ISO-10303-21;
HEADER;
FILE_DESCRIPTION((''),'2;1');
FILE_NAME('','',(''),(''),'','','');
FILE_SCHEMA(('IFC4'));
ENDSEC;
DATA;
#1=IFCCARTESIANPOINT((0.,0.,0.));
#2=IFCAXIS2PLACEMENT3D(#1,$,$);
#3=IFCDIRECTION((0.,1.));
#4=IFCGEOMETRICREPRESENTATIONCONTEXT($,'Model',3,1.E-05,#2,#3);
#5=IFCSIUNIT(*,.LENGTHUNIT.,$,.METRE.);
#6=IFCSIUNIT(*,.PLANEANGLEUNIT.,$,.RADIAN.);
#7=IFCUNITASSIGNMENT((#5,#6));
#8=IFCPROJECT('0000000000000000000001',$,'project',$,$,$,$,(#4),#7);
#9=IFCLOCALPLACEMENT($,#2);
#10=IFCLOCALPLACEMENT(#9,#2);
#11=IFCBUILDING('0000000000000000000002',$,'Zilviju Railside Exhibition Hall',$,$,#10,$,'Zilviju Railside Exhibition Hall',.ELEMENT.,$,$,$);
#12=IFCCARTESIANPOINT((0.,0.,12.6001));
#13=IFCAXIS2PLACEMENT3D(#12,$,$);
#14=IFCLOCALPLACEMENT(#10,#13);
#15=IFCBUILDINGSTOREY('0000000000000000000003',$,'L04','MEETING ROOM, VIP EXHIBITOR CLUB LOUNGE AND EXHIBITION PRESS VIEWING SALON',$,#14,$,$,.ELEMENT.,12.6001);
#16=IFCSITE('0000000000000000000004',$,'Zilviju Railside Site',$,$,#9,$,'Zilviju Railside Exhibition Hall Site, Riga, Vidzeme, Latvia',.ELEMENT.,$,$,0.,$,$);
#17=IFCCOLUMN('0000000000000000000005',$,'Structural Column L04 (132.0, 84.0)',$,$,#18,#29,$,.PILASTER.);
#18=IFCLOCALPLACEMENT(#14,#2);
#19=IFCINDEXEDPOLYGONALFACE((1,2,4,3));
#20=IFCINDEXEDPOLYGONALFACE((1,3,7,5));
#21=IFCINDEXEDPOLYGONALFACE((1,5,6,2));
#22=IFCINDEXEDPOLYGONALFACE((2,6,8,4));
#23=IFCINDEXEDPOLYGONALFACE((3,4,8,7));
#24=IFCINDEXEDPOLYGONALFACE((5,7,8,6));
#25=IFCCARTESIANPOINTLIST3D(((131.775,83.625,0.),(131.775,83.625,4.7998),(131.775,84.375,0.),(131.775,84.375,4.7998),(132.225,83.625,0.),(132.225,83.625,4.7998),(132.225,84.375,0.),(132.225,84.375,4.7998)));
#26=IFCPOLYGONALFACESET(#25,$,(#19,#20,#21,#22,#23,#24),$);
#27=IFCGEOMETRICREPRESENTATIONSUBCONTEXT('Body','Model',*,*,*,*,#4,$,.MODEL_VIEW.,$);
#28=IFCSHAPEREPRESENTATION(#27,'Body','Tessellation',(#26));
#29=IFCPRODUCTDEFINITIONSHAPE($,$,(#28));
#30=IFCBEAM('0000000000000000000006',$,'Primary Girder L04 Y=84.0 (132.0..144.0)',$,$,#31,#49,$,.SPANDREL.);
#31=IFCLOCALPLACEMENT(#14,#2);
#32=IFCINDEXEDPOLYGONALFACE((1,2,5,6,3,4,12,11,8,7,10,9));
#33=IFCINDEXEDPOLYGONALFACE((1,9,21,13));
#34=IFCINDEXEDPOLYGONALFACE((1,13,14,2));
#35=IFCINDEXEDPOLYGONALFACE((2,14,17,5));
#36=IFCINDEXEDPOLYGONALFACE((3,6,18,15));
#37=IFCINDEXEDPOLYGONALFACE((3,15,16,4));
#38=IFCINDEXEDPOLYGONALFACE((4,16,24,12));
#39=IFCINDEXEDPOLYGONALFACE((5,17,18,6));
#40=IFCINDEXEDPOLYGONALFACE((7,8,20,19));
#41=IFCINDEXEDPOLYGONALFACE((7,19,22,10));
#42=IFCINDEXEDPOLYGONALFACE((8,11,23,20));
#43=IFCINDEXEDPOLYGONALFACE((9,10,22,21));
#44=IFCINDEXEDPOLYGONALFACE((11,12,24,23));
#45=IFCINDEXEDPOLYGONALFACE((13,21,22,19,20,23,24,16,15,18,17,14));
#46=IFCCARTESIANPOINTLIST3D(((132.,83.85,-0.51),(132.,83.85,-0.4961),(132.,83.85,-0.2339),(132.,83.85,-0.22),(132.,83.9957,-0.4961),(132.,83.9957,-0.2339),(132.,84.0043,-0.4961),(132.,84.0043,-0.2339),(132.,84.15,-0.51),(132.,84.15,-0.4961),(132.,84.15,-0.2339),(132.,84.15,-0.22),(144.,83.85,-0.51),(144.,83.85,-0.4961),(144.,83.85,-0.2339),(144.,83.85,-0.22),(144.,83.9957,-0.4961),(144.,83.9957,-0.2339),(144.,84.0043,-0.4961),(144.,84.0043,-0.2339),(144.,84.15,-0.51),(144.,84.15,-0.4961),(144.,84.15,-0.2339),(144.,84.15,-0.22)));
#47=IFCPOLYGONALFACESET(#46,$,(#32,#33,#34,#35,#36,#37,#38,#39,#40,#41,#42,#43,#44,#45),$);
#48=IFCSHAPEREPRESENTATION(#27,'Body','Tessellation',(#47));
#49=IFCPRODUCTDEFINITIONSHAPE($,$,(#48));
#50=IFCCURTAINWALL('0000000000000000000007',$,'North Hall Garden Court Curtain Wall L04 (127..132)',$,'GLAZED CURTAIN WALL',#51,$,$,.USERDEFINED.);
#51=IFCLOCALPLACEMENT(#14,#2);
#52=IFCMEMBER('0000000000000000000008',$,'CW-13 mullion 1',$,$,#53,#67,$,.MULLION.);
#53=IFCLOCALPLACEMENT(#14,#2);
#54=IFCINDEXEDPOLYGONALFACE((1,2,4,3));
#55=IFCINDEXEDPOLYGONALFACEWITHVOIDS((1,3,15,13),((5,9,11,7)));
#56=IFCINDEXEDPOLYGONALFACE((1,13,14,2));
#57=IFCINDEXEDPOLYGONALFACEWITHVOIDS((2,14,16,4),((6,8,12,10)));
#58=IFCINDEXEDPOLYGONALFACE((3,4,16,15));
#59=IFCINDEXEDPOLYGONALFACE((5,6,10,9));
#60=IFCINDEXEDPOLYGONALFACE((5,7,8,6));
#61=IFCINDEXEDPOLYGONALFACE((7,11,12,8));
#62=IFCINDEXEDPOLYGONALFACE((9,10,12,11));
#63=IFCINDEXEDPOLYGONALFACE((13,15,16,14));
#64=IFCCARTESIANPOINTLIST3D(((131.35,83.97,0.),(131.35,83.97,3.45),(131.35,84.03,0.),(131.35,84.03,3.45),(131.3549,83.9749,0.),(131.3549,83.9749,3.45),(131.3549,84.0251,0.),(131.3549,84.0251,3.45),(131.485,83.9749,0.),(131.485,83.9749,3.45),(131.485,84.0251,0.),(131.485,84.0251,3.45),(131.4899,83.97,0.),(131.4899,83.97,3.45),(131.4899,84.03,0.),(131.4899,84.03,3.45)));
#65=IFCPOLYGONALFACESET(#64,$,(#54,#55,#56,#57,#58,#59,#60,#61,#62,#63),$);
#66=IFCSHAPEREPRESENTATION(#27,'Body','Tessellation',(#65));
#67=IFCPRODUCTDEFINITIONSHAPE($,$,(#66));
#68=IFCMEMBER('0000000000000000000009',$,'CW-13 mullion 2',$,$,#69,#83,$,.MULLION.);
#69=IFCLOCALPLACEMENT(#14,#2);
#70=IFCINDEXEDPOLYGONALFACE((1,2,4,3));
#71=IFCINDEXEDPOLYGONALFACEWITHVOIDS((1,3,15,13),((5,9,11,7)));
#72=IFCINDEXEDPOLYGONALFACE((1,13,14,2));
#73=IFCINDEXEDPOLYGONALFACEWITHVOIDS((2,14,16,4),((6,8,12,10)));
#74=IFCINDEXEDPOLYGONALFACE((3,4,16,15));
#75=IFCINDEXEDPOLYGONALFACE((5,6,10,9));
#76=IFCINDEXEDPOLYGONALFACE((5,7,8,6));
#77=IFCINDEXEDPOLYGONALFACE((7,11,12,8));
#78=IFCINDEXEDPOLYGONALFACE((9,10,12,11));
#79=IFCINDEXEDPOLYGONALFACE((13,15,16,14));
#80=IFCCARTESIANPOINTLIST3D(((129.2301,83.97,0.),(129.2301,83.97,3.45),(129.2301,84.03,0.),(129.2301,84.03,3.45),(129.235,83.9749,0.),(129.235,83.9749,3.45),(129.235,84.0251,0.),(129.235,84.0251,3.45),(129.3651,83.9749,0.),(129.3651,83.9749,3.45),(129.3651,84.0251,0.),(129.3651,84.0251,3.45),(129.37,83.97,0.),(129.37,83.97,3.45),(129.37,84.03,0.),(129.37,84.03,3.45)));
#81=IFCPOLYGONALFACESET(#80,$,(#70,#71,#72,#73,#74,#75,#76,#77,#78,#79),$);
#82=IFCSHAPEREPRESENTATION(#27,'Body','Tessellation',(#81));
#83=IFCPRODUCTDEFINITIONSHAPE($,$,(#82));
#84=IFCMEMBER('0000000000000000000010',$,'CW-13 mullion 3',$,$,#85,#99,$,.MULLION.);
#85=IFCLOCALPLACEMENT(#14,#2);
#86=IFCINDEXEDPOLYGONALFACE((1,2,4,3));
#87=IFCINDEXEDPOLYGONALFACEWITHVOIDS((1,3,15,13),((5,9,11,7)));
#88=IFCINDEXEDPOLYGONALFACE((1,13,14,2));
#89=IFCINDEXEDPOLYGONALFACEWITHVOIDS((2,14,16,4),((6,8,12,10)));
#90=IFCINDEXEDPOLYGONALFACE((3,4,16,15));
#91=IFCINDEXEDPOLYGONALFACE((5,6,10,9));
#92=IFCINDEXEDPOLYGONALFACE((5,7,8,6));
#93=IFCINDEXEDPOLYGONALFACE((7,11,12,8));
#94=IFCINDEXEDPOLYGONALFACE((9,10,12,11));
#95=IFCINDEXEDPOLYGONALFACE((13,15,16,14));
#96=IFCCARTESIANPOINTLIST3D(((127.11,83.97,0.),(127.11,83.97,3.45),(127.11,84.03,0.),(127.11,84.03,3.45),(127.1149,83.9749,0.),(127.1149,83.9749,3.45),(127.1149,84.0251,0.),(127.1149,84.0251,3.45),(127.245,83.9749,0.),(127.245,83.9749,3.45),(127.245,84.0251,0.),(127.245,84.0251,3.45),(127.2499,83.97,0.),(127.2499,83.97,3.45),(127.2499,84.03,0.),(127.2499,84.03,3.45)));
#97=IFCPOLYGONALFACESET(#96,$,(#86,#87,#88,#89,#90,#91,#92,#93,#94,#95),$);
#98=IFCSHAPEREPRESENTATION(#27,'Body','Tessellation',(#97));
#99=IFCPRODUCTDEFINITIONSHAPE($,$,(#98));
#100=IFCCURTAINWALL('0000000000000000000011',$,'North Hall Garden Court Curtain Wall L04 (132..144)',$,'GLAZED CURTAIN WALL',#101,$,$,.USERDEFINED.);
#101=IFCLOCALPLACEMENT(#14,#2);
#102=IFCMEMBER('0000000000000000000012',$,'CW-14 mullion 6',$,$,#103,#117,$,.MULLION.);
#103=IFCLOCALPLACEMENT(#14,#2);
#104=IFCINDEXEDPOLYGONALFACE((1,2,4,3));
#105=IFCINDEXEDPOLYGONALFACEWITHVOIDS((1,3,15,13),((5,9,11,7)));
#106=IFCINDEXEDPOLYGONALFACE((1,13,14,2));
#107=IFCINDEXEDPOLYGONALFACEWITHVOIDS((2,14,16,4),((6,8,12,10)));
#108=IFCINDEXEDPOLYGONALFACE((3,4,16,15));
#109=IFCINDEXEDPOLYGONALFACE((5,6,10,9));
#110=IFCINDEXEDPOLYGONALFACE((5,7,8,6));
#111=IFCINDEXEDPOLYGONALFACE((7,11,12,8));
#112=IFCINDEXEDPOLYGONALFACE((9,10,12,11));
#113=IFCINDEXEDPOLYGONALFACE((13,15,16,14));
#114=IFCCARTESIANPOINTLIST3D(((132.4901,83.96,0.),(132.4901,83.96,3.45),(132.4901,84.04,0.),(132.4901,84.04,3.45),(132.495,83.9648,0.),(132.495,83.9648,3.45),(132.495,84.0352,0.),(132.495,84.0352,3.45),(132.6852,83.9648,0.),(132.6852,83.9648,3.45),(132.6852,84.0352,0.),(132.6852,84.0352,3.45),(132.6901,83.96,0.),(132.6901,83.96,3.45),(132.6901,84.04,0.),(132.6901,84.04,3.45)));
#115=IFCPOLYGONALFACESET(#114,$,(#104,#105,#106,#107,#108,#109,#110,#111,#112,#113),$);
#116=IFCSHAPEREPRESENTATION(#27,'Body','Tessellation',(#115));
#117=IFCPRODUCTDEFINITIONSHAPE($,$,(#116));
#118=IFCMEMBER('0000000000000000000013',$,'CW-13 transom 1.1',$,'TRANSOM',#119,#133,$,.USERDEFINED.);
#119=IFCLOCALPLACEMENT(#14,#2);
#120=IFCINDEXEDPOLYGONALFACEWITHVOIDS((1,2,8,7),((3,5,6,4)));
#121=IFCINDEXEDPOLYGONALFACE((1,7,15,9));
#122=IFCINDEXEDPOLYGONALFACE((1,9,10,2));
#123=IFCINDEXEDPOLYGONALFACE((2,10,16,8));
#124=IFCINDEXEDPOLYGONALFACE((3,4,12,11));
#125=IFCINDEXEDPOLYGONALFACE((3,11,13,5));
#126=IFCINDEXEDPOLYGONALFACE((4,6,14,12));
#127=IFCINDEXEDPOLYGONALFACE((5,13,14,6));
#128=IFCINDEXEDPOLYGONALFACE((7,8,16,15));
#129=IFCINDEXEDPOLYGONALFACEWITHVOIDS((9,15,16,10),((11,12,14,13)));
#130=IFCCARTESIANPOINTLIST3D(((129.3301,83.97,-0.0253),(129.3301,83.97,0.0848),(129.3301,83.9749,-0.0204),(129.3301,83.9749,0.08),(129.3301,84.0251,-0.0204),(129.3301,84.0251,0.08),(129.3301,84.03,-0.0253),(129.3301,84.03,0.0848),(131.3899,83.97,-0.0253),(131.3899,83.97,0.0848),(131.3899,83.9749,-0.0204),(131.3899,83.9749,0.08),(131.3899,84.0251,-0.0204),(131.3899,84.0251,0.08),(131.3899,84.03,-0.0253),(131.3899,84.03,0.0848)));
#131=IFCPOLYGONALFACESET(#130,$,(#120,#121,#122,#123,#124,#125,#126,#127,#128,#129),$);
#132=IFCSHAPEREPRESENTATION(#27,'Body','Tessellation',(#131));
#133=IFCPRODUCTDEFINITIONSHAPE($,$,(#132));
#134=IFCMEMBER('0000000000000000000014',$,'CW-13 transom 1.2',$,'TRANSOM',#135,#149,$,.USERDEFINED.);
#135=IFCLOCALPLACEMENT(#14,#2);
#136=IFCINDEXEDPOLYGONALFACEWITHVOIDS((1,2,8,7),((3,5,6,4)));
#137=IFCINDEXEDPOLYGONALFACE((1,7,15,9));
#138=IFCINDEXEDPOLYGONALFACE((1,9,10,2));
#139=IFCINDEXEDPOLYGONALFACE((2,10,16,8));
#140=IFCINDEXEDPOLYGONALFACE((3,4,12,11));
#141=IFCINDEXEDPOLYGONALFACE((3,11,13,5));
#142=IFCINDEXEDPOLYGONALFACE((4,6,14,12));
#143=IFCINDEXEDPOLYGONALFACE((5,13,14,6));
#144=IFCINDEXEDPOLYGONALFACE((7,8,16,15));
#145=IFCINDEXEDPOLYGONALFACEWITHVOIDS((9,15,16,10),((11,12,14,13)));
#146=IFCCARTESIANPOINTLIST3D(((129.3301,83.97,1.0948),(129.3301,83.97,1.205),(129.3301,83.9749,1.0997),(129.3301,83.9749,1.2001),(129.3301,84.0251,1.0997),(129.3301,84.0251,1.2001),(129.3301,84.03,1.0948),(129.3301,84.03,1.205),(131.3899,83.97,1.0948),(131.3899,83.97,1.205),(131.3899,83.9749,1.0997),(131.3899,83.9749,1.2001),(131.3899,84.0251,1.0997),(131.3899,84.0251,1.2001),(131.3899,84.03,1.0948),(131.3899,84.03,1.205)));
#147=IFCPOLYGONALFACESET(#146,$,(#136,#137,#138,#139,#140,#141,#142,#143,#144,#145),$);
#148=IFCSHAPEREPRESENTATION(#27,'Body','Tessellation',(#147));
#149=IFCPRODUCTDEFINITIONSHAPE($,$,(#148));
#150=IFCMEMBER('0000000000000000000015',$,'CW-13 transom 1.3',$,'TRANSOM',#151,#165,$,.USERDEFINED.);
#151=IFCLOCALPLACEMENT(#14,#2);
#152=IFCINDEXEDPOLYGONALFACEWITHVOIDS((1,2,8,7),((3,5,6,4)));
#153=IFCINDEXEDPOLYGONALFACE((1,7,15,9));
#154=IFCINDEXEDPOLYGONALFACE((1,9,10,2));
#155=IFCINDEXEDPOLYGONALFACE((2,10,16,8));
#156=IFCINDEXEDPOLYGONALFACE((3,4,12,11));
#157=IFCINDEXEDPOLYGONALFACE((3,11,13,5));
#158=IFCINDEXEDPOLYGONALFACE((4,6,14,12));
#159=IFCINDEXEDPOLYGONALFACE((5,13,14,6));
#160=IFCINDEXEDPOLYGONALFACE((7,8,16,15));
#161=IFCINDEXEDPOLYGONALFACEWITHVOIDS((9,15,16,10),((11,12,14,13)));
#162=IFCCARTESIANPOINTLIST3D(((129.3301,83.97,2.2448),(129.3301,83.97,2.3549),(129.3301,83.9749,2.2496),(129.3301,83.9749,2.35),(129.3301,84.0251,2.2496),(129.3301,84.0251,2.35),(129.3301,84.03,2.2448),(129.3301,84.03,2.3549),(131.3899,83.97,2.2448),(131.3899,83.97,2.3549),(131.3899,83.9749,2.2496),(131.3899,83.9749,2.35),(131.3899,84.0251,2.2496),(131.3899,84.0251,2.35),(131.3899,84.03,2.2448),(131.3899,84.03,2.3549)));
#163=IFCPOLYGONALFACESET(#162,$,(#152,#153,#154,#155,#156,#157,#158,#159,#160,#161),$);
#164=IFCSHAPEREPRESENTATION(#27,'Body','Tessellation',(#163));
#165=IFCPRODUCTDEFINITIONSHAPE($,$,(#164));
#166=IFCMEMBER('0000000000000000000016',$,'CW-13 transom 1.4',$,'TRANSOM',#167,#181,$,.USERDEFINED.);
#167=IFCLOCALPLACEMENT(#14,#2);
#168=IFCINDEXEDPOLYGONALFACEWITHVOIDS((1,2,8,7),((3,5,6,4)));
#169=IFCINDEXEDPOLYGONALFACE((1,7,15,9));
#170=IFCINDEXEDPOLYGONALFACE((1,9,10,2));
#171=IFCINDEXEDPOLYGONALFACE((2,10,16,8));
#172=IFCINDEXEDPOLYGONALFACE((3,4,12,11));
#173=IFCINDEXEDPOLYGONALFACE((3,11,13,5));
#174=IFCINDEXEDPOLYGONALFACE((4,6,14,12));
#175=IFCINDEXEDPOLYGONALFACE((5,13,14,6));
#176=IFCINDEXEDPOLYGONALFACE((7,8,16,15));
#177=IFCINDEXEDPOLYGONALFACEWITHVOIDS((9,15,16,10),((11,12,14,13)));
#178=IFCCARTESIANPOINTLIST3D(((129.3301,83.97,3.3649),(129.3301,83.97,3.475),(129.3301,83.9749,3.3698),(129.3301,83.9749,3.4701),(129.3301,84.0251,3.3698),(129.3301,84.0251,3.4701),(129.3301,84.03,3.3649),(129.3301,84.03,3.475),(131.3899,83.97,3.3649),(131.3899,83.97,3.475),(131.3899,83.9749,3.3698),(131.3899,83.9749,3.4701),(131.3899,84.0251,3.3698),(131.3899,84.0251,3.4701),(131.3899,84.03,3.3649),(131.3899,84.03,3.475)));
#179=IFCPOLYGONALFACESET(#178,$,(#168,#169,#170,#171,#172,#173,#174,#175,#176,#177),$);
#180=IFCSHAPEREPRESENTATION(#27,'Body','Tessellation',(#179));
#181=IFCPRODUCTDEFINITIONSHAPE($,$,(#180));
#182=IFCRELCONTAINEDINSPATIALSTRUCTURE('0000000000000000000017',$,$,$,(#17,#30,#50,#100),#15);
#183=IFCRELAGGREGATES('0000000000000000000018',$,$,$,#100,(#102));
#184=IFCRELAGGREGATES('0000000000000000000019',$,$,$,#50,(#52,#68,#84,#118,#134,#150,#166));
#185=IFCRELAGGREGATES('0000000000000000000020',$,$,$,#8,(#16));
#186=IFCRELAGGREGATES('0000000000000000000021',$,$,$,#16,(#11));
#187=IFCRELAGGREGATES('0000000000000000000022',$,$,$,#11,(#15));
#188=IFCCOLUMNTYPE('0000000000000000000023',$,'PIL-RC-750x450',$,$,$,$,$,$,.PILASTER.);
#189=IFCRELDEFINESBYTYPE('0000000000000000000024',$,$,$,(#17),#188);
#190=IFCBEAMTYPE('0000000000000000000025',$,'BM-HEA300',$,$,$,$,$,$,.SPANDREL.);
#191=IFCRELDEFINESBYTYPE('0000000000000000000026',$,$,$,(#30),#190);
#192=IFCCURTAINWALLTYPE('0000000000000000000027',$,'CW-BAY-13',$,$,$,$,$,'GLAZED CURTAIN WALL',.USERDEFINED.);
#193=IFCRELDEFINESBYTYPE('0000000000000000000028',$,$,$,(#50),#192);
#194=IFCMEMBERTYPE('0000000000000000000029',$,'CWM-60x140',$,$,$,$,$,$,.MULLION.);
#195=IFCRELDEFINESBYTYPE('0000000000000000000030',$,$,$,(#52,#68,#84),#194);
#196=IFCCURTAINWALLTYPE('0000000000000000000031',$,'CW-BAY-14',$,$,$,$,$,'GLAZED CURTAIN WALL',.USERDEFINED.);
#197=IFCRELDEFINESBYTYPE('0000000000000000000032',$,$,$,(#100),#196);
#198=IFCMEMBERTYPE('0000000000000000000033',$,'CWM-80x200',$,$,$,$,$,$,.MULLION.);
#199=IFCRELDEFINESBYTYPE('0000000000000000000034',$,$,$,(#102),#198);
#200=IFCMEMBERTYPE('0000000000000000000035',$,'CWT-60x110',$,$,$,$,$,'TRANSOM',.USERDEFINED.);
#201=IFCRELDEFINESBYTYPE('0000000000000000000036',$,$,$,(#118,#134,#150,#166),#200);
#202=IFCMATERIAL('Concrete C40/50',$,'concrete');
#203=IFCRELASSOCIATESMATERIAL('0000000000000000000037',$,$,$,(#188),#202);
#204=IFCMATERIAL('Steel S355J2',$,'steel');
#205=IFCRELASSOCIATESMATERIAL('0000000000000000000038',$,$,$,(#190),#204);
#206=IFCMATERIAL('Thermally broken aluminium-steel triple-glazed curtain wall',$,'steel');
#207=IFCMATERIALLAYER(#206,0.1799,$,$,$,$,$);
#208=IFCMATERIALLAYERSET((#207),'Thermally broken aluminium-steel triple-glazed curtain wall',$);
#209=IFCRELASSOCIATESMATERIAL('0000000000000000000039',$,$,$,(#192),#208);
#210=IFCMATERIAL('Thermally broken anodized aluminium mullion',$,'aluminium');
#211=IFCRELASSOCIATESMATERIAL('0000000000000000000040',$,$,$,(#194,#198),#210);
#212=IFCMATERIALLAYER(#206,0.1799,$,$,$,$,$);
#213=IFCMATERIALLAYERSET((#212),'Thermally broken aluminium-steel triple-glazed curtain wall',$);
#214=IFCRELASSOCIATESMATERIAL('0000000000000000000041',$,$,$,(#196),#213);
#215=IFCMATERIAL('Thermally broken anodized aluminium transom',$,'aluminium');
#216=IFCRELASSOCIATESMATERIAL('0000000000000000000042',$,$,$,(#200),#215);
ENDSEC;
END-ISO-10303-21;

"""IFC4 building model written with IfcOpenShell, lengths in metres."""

from ifc_helpers import new_model, si_unit, direction, frame, origin, origin_2d, place, context, subcontext, project, spatial, rectangle, hollow_rectangle, i_section, extrude, material, layer, layer_set, material_profile, profile_set, type_object, element, aggregate, save


model = new_model("IFC4")

# Units and contexts
model_context = context("Model", 3, precision=1e-05, world=origin(), true_north=direction((0.0, 1.0)))
body_context = subcontext(model_context, "Body", "Model", "MODEL_VIEW")
ifc_project = project(units=[si_unit("LENGTHUNIT", "METRE"), si_unit("PLANEANGLEUNIT", "RADIAN")], contexts=[model_context])

# Site, building, storey
site_placement = place(None, origin())
site = spatial("IfcSite", under=ifc_project, at=site_placement, Name="Zilviju Railside Site", LongName="Zilviju Railside Exhibition Hall Site, Riga, Vidzeme, Latvia", CompositionType="ELEMENT", RefElevation=0.0)
building_placement = place(site_placement, origin())
building = spatial("IfcBuilding", under=site, at=building_placement, Name="Zilviju Railside Exhibition Hall", LongName="Zilviju Railside Exhibition Hall", CompositionType="ELEMENT")
storey_placement = place(building_placement, frame((0.0, 0.0, 12.6001)))
storey = spatial("IfcBuildingStorey", under=building, at=storey_placement, Name="L04", Description="MEETING ROOM, VIP EXHIBITOR CLUB LOUNGE AND EXHIBITION PRESS VIEWING SALON", CompositionType="ELEMENT", Elevation=12.6001)

# Column
ifc_material_1 = material(Name="Concrete C40/50", Category="concrete")
ifc_material_profile_1 = material_profile(ifc_material_1, rectangle(XDim=0.45, YDim=0.75, at=origin_2d()), Name="RC COL 450x750")
ifc_profile_set_1 = profile_set([ifc_material_profile_1], Name="Concrete C40/50")
column_type = type_object("IfcColumnType", Name="PIL-RC-750x450", PredefinedType="PILASTER", material=ifc_profile_set_1)
column_placement = place(storey_placement, frame((132.0, 84.0, 0.0), z_axis=(0.0, 0.0, 1.0), x_axis=(1.0, 0.0, 0.0)))
element("IfcColumn", 1, at=column_placement, inside=storey, type_object=column_type, Name="Structural Column L04 (132.0, 84.0)", PredefinedType="PILASTER", context=body_context, shape_type="SweptSolid", body=[
    extrude(rectangle(XDim=0.45, YDim=0.75, at=origin_2d()), origin(), (0.0, 0.0, 1.0), 4.7998),
])

# Beam
ifc_material_2 = material(Name="Steel S355J2", Category="steel")
ifc_material_profile_2 = material_profile(ifc_material_2, i_section(OverallWidth=0.3, OverallDepth=0.29, WebThickness=0.0085, FlangeThickness=0.0139, at=origin_2d()), Name="HEA 300")
ifc_profile_set_2 = profile_set([ifc_material_profile_2], Name="Steel S355J2")
beam_type = type_object("IfcBeamType", Name="BM-HEA300", PredefinedType="SPANDREL", material=ifc_profile_set_2)
beam_placement = place(storey_placement, frame((132.0, 84.0, -0.365), z_axis=(1.0, 0.0, 0.0), x_axis=(0.0, 1.0, 0.0)))
element("IfcBeam", 2, at=beam_placement, inside=storey, type_object=beam_type, Name="Primary Girder L04 Y=84.0 (132.0..144.0)", PredefinedType="SPANDREL", context=body_context, shape_type="SweptSolid", body=[
    extrude(i_section(OverallWidth=0.3, OverallDepth=0.29, WebThickness=0.0085, FlangeThickness=0.0139, at=origin_2d()), origin(), (0.0, 0.0, 1.0), 12.0),
])

# Curtain wall, members
ifc_material_3 = material(Name="Thermally broken aluminium-steel triple-glazed curtain wall", Category="steel")
ifc_layer_1 = layer(ifc_material_3, 0.1799)
ifc_layer_set_1 = layer_set([ifc_layer_1], Name="Thermally broken aluminium-steel triple-glazed curtain wall")
curtain_wall_type_1 = type_object("IfcCurtainWallType", Name="CW-BAY-13", ElementType="GLAZED CURTAIN WALL", PredefinedType="USERDEFINED", material=ifc_layer_set_1)
curtain_wall_1_placement = place(storey_placement, origin())
curtain_wall_1 = element("IfcCurtainWall", 3, at=curtain_wall_1_placement, inside=storey, type_object=curtain_wall_type_1, Name="North Hall Garden Court Curtain Wall L04 (127..132)", ObjectType="GLAZED CURTAIN WALL", PredefinedType="USERDEFINED")
ifc_material_4 = material(Name="Thermally broken anodized aluminium mullion", Category="aluminium")
ifc_material_profile_3 = material_profile(ifc_material_4, hollow_rectangle(XDim=0.0601, YDim=0.1399, WallThickness=0.0049, at=origin_2d()), Name="MULLION 140x60x5")
ifc_profile_set_3 = profile_set([ifc_material_profile_3], Name="Thermally broken anodized aluminium mullion")
member_type_1 = type_object("IfcMemberType", Name="CWM-60x140", PredefinedType="MULLION", material=ifc_profile_set_3)
member_1_placement = place(storey_placement, frame((131.4199, 84.0, 0.0), z_axis=(0.0, 0.0, 1.0), x_axis=(0.0, -1.0, 0.0)))
member_1 = element("IfcMember", 4, at=member_1_placement, type_object=member_type_1, Name="CW-13 mullion 1", PredefinedType="MULLION", context=body_context, shape_type="SweptSolid", body=[
    extrude(hollow_rectangle(XDim=0.0601, YDim=0.1399, WallThickness=0.0049, at=origin_2d()), origin(), (0.0, 0.0, 1.0), 3.45),
])
member_2_placement = place(storey_placement, frame((129.3, 84.0, 0.0), z_axis=(0.0, 0.0, 1.0), x_axis=(0.0, -1.0, 0.0)))
member_2 = element("IfcMember", 5, at=member_2_placement, type_object=member_type_1, Name="CW-13 mullion 2", PredefinedType="MULLION", context=body_context, shape_type="SweptSolid", body=[
    extrude(hollow_rectangle(XDim=0.0601, YDim=0.1399, WallThickness=0.0049, at=origin_2d()), origin(), (0.0, 0.0, 1.0), 3.45),
])
member_3_placement = place(storey_placement, frame((127.1799, 84.0, 0.0), z_axis=(0.0, 0.0, 1.0), x_axis=(0.0, -1.0, 0.0)))
member_3 = element("IfcMember", 6, at=member_3_placement, type_object=member_type_1, Name="CW-13 mullion 3", PredefinedType="MULLION", context=body_context, shape_type="SweptSolid", body=[
    extrude(hollow_rectangle(XDim=0.0601, YDim=0.1399, WallThickness=0.0049, at=origin_2d()), origin(), (0.0, 0.0, 1.0), 3.45),
])

# Curtain wall, member
ifc_layer_2 = layer(ifc_material_3, 0.1799)
ifc_layer_set_2 = layer_set([ifc_layer_2], Name="Thermally broken aluminium-steel triple-glazed curtain wall")
curtain_wall_type_2 = type_object("IfcCurtainWallType", Name="CW-BAY-14", ElementType="GLAZED CURTAIN WALL", PredefinedType="USERDEFINED", material=ifc_layer_set_2)
curtain_wall_2_placement = place(storey_placement, origin())
curtain_wall_2 = element("IfcCurtainWall", 7, at=curtain_wall_2_placement, inside=storey, type_object=curtain_wall_type_2, Name="North Hall Garden Court Curtain Wall L04 (132..144)", ObjectType="GLAZED CURTAIN WALL", PredefinedType="USERDEFINED")
ifc_material_profile_4 = material_profile(ifc_material_4, hollow_rectangle(XDim=0.0801, YDim=0.2, WallThickness=0.0049, at=origin_2d()), Name="MULLION 200x80x5")
ifc_profile_set_4 = profile_set([ifc_material_profile_4], Name="Thermally broken anodized aluminium mullion")
member_type_2 = type_object("IfcMemberType", Name="CWM-80x200", PredefinedType="MULLION", material=ifc_profile_set_4)
member_4_placement = place(storey_placement, frame((132.5901, 84.0, 0.0), z_axis=(0.0, 0.0, 1.0), x_axis=(0.0, -1.0, 0.0)))
member_4 = element("IfcMember", 8, at=member_4_placement, type_object=member_type_2, Name="CW-14 mullion 6", PredefinedType="MULLION", context=body_context, shape_type="SweptSolid", body=[
    extrude(hollow_rectangle(XDim=0.0801, YDim=0.2, WallThickness=0.0049, at=origin_2d()), origin(), (0.0, 0.0, 1.0), 3.45),
])
aggregate(curtain_wall_2, [member_4])

# Members
ifc_material_5 = material(Name="Thermally broken anodized aluminium transom", Category="aluminium")
ifc_material_profile_5 = material_profile(ifc_material_5, hollow_rectangle(XDim=0.0601, YDim=0.1101, WallThickness=0.0049, at=origin_2d()), Name="TRANSOM 110x60x5")
ifc_profile_set_5 = profile_set([ifc_material_profile_5], Name="Thermally broken anodized aluminium transom")
member_type_3 = type_object("IfcMemberType", Name="CWT-60x110", ElementType="TRANSOM", PredefinedType="USERDEFINED", material=ifc_profile_set_5)
member_5_placement = place(storey_placement, frame((131.3899, 84.0, 0.0298), z_axis=(-1.0, 0.0, 0.0), x_axis=(0.0, -1.0, 0.0)))
member_5 = element("IfcMember", 9, at=member_5_placement, type_object=member_type_3, Name="CW-13 transom 1.1", ObjectType="TRANSOM", PredefinedType="USERDEFINED", context=body_context, shape_type="SweptSolid", body=[
    extrude(hollow_rectangle(XDim=0.0601, YDim=0.1101, WallThickness=0.0049, at=origin_2d()), origin(), (0.0, 0.0, 1.0), 2.0598),
])
member_6_placement = place(storey_placement, frame((131.3899, 84.0, 1.1499), z_axis=(-1.0, 0.0, 0.0), x_axis=(0.0, -1.0, 0.0)))
member_6 = element("IfcMember", 10, at=member_6_placement, type_object=member_type_3, Name="CW-13 transom 1.2", ObjectType="TRANSOM", PredefinedType="USERDEFINED", context=body_context, shape_type="SweptSolid", body=[
    extrude(hollow_rectangle(XDim=0.0601, YDim=0.1101, WallThickness=0.0049, at=origin_2d()), origin(), (0.0, 0.0, 1.0), 2.0598),
])
member_7_placement = place(storey_placement, frame((131.3899, 84.0, 2.2998), z_axis=(-1.0, 0.0, 0.0), x_axis=(0.0, -1.0, 0.0)))
member_7 = element("IfcMember", 11, at=member_7_placement, type_object=member_type_3, Name="CW-13 transom 1.3", ObjectType="TRANSOM", PredefinedType="USERDEFINED", context=body_context, shape_type="SweptSolid", body=[
    extrude(hollow_rectangle(XDim=0.0601, YDim=0.1101, WallThickness=0.0049, at=origin_2d()), origin(), (0.0, 0.0, 1.0), 2.0598),
])
member_8_placement = place(storey_placement, frame((131.3899, 84.0, 3.4199), z_axis=(-1.0, 0.0, 0.0), x_axis=(0.0, -1.0, 0.0)))
member_8 = element("IfcMember", 12, at=member_8_placement, type_object=member_type_3, Name="CW-13 transom 1.4", ObjectType="TRANSOM", PredefinedType="USERDEFINED", context=body_context, shape_type="SweptSolid", body=[
    extrude(hollow_rectangle(XDim=0.0601, YDim=0.1101, WallThickness=0.0049, at=origin_2d()), origin(), (0.0, 0.0, 1.0), 2.0598),
])

aggregate(curtain_wall_1, [member_1, member_2, member_3, member_5, member_6, member_7, member_8])

save(model, "model.ifc")
